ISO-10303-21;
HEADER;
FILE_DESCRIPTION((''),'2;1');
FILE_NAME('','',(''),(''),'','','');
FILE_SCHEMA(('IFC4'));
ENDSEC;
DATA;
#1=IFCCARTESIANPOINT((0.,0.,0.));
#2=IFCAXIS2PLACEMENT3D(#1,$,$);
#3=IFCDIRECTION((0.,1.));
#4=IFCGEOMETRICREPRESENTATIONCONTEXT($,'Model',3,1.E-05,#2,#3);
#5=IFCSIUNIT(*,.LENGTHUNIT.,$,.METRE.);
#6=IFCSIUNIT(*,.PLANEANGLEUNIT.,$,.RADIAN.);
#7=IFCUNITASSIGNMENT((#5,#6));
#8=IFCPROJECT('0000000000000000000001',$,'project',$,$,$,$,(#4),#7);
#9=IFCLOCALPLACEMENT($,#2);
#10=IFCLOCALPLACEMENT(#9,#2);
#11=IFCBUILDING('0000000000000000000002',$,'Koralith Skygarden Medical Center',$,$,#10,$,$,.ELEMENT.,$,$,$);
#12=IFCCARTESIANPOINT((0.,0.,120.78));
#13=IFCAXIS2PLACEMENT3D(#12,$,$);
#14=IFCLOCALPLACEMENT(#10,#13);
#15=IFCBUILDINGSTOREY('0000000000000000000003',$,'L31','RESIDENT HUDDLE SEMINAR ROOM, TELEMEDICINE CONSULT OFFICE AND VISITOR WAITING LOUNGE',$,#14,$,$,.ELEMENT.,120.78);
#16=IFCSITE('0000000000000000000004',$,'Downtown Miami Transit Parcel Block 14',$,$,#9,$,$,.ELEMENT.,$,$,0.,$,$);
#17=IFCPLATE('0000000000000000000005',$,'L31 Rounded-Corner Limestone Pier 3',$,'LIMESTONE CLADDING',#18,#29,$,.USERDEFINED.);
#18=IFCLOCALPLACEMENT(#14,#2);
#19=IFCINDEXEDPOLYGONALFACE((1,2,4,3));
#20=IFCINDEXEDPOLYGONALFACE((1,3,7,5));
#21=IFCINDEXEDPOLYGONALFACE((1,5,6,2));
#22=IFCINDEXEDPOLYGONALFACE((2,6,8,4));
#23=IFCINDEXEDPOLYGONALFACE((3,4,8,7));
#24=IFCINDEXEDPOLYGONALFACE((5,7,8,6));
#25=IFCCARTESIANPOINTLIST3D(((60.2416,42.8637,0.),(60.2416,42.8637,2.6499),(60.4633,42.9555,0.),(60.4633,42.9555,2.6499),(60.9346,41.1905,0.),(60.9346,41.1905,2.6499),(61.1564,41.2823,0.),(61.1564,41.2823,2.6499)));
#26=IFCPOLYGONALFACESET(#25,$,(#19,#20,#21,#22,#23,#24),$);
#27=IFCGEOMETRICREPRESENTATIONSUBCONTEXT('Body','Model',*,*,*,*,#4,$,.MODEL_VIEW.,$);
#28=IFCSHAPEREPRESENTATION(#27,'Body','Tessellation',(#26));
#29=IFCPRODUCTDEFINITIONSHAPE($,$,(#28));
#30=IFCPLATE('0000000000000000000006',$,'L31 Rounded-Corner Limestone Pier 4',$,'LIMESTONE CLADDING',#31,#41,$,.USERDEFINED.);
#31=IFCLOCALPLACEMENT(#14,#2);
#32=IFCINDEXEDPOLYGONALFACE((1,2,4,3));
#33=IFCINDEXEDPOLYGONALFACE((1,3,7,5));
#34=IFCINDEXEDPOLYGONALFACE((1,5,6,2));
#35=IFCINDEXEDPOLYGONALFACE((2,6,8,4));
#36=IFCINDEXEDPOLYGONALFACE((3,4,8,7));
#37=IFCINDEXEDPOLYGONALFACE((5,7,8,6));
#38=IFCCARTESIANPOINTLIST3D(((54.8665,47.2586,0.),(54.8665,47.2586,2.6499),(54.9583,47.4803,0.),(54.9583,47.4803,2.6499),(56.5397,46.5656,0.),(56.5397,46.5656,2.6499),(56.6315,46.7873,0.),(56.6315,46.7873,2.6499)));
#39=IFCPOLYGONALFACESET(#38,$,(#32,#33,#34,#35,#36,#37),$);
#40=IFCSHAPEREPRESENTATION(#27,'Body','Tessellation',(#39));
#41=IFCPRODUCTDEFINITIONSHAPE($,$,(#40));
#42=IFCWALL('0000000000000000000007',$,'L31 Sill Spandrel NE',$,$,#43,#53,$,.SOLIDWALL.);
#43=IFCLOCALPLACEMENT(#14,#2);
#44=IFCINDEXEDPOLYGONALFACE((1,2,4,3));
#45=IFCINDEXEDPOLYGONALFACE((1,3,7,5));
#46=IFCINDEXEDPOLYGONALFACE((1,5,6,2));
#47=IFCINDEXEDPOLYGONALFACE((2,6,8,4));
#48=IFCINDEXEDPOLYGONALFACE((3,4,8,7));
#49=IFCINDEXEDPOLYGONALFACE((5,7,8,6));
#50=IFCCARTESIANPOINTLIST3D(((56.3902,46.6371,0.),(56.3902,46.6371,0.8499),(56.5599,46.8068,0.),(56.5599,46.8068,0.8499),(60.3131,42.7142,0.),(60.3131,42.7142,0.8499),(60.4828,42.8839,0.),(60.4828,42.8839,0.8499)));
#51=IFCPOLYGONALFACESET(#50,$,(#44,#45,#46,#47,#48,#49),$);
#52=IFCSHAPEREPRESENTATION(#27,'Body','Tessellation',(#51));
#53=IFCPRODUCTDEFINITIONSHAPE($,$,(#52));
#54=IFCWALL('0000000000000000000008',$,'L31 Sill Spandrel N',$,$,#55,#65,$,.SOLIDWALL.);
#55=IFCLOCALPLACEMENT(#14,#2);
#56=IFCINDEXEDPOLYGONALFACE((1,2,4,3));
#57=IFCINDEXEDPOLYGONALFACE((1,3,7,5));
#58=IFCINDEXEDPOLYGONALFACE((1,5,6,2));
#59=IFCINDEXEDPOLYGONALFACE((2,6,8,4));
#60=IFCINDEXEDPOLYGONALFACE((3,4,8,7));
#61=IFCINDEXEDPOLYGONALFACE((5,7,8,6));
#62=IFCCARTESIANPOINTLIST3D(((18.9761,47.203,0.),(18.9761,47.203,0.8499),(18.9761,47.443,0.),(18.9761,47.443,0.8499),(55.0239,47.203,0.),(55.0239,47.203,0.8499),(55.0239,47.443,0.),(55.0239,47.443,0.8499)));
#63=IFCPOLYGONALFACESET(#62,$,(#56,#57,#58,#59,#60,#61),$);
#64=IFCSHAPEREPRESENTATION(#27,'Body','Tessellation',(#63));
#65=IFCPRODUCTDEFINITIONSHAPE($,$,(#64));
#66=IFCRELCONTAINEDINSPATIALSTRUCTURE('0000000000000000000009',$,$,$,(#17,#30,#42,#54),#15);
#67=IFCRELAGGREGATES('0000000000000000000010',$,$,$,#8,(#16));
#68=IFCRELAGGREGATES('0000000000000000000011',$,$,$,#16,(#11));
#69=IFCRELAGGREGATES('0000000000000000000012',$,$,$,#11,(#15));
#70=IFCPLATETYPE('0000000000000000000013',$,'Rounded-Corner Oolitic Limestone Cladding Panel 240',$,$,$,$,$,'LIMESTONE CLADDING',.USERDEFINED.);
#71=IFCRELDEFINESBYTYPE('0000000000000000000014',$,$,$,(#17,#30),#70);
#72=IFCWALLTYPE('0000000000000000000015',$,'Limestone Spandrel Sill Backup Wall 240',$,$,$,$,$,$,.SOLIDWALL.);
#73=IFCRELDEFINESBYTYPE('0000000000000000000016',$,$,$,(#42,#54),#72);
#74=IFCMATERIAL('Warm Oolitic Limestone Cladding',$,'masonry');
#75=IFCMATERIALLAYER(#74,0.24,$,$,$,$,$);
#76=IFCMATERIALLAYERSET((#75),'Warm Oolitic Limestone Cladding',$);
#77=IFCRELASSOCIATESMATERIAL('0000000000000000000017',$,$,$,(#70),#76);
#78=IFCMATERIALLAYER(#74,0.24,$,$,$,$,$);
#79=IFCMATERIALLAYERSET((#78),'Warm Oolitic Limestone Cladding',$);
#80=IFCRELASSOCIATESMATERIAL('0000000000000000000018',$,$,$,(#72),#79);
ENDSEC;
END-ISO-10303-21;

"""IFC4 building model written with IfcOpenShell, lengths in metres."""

from ifc_helpers import new_model, si_unit, direction, frame, frame_2d, origin, origin_2d, place, context, subcontext, project, spatial, rectangle, extrude, material, layer, layer_set, type_object, element, save


model = new_model("IFC4")

# Units and contexts
model_context = context("Model", 3, precision=1e-05, world=origin(), true_north=direction((0.0, 1.0)))
body_context = subcontext(model_context, "Body", "Model", "MODEL_VIEW")
ifc_project = project(units=[si_unit("LENGTHUNIT", "METRE"), si_unit("PLANEANGLEUNIT", "RADIAN")], contexts=[model_context])

# Site, building, storey
site_placement = place(None, origin())
site = spatial("IfcSite", under=ifc_project, at=site_placement, Name="Downtown Miami Transit Parcel Block 14", CompositionType="ELEMENT", RefElevation=0.0)
building_placement = place(site_placement, origin())
building = spatial("IfcBuilding", under=site, at=building_placement, Name="Koralith Skygarden Medical Center", CompositionType="ELEMENT")
storey_placement = place(building_placement, frame((0.0, 0.0, 120.78)))
storey = spatial("IfcBuildingStorey", under=building, at=storey_placement, Name="L31", Description="RESIDENT HUDDLE SEMINAR ROOM, TELEMEDICINE CONSULT OFFICE AND VISITOR WAITING LOUNGE", CompositionType="ELEMENT", Elevation=120.78)

# Plates
ifc_material_1 = material(Name="Warm Oolitic Limestone Cladding", Category="masonry")
ifc_layer_1 = layer(ifc_material_1, 0.24)
ifc_layer_set_1 = layer_set([ifc_layer_1], Name="Warm Oolitic Limestone Cladding")
plate_type_1 = type_object("IfcPlateType", Name="Rounded-Corner Oolitic Limestone Cladding Panel 240", ElementType="LIMESTONE CLADDING", PredefinedType="USERDEFINED", material=ifc_layer_set_1)
for number, where, z_axis, x_axis, name in (
    (1, (60.699, 42.073, 0.0), (0.0, 0.0, 1.0), (-0.382671, 0.923885, 0.0), "L31 Rounded-Corner Limestone Pier 3"),
    (2, (55.749, 47.0229, 0.0), (0.0, 0.0, 1.0), (-0.923885, 0.382671, 0.0), "L31 Rounded-Corner Limestone Pier 4"),
):
    element("IfcPlate", number, at=place(storey_placement, frame(where, z_axis=z_axis, x_axis=x_axis)), inside=storey, type_object=plate_type_1, Name=name, ObjectType="LIMESTONE CLADDING", PredefinedType="USERDEFINED", context=body_context, shape_type="SweptSolid", body=[
        extrude(rectangle(XDim=1.811, YDim=0.24, at=origin_2d()), origin(), (0.0, 0.0, 1.0), 2.6499),
    ])

# Walls
ifc_layer_2 = layer(ifc_material_1, 0.24)
ifc_layer_set_2 = layer_set([ifc_layer_2], Name="Warm Oolitic Limestone Cladding")
wall_type = type_object("IfcWallType", Name="Limestone Spandrel Sill Backup Wall 240", PredefinedType="SOLIDWALL", material=ifc_layer_set_2)
wall_1_placement = place(storey_placement, frame((60.3979, 42.7991, 0.0), z_axis=(0.0, 0.0, 1.0), x_axis=(-0.707107, 0.707107, 0.0)))
element("IfcWall", 3, at=wall_1_placement, inside=storey, type_object=wall_type, Name="L31 Sill Spandrel NE", PredefinedType="SOLIDWALL", context=body_context, shape_type="SweptSolid", body=[
    extrude(rectangle(XDim=5.5479, YDim=0.24, at=frame_2d((2.7739, 0.0))), origin(), (0.0, 0.0, 1.0), 0.8499),
])
wall_2_placement = place(storey_placement, frame((55.0239, 47.323, 0.0), z_axis=(0.0, 0.0, 1.0), x_axis=(-1.0, 0.0, 0.0)))
element("IfcWall", 4, at=wall_2_placement, inside=storey, type_object=wall_type, Name="L31 Sill Spandrel N", PredefinedType="SOLIDWALL", context=body_context, shape_type="SweptSolid", body=[
    extrude(rectangle(XDim=36.0479, YDim=0.24, at=frame_2d((18.0239, 0.0))), origin(), (0.0, 0.0, 1.0), 0.8499),
])

save(model, "model.ifc")
